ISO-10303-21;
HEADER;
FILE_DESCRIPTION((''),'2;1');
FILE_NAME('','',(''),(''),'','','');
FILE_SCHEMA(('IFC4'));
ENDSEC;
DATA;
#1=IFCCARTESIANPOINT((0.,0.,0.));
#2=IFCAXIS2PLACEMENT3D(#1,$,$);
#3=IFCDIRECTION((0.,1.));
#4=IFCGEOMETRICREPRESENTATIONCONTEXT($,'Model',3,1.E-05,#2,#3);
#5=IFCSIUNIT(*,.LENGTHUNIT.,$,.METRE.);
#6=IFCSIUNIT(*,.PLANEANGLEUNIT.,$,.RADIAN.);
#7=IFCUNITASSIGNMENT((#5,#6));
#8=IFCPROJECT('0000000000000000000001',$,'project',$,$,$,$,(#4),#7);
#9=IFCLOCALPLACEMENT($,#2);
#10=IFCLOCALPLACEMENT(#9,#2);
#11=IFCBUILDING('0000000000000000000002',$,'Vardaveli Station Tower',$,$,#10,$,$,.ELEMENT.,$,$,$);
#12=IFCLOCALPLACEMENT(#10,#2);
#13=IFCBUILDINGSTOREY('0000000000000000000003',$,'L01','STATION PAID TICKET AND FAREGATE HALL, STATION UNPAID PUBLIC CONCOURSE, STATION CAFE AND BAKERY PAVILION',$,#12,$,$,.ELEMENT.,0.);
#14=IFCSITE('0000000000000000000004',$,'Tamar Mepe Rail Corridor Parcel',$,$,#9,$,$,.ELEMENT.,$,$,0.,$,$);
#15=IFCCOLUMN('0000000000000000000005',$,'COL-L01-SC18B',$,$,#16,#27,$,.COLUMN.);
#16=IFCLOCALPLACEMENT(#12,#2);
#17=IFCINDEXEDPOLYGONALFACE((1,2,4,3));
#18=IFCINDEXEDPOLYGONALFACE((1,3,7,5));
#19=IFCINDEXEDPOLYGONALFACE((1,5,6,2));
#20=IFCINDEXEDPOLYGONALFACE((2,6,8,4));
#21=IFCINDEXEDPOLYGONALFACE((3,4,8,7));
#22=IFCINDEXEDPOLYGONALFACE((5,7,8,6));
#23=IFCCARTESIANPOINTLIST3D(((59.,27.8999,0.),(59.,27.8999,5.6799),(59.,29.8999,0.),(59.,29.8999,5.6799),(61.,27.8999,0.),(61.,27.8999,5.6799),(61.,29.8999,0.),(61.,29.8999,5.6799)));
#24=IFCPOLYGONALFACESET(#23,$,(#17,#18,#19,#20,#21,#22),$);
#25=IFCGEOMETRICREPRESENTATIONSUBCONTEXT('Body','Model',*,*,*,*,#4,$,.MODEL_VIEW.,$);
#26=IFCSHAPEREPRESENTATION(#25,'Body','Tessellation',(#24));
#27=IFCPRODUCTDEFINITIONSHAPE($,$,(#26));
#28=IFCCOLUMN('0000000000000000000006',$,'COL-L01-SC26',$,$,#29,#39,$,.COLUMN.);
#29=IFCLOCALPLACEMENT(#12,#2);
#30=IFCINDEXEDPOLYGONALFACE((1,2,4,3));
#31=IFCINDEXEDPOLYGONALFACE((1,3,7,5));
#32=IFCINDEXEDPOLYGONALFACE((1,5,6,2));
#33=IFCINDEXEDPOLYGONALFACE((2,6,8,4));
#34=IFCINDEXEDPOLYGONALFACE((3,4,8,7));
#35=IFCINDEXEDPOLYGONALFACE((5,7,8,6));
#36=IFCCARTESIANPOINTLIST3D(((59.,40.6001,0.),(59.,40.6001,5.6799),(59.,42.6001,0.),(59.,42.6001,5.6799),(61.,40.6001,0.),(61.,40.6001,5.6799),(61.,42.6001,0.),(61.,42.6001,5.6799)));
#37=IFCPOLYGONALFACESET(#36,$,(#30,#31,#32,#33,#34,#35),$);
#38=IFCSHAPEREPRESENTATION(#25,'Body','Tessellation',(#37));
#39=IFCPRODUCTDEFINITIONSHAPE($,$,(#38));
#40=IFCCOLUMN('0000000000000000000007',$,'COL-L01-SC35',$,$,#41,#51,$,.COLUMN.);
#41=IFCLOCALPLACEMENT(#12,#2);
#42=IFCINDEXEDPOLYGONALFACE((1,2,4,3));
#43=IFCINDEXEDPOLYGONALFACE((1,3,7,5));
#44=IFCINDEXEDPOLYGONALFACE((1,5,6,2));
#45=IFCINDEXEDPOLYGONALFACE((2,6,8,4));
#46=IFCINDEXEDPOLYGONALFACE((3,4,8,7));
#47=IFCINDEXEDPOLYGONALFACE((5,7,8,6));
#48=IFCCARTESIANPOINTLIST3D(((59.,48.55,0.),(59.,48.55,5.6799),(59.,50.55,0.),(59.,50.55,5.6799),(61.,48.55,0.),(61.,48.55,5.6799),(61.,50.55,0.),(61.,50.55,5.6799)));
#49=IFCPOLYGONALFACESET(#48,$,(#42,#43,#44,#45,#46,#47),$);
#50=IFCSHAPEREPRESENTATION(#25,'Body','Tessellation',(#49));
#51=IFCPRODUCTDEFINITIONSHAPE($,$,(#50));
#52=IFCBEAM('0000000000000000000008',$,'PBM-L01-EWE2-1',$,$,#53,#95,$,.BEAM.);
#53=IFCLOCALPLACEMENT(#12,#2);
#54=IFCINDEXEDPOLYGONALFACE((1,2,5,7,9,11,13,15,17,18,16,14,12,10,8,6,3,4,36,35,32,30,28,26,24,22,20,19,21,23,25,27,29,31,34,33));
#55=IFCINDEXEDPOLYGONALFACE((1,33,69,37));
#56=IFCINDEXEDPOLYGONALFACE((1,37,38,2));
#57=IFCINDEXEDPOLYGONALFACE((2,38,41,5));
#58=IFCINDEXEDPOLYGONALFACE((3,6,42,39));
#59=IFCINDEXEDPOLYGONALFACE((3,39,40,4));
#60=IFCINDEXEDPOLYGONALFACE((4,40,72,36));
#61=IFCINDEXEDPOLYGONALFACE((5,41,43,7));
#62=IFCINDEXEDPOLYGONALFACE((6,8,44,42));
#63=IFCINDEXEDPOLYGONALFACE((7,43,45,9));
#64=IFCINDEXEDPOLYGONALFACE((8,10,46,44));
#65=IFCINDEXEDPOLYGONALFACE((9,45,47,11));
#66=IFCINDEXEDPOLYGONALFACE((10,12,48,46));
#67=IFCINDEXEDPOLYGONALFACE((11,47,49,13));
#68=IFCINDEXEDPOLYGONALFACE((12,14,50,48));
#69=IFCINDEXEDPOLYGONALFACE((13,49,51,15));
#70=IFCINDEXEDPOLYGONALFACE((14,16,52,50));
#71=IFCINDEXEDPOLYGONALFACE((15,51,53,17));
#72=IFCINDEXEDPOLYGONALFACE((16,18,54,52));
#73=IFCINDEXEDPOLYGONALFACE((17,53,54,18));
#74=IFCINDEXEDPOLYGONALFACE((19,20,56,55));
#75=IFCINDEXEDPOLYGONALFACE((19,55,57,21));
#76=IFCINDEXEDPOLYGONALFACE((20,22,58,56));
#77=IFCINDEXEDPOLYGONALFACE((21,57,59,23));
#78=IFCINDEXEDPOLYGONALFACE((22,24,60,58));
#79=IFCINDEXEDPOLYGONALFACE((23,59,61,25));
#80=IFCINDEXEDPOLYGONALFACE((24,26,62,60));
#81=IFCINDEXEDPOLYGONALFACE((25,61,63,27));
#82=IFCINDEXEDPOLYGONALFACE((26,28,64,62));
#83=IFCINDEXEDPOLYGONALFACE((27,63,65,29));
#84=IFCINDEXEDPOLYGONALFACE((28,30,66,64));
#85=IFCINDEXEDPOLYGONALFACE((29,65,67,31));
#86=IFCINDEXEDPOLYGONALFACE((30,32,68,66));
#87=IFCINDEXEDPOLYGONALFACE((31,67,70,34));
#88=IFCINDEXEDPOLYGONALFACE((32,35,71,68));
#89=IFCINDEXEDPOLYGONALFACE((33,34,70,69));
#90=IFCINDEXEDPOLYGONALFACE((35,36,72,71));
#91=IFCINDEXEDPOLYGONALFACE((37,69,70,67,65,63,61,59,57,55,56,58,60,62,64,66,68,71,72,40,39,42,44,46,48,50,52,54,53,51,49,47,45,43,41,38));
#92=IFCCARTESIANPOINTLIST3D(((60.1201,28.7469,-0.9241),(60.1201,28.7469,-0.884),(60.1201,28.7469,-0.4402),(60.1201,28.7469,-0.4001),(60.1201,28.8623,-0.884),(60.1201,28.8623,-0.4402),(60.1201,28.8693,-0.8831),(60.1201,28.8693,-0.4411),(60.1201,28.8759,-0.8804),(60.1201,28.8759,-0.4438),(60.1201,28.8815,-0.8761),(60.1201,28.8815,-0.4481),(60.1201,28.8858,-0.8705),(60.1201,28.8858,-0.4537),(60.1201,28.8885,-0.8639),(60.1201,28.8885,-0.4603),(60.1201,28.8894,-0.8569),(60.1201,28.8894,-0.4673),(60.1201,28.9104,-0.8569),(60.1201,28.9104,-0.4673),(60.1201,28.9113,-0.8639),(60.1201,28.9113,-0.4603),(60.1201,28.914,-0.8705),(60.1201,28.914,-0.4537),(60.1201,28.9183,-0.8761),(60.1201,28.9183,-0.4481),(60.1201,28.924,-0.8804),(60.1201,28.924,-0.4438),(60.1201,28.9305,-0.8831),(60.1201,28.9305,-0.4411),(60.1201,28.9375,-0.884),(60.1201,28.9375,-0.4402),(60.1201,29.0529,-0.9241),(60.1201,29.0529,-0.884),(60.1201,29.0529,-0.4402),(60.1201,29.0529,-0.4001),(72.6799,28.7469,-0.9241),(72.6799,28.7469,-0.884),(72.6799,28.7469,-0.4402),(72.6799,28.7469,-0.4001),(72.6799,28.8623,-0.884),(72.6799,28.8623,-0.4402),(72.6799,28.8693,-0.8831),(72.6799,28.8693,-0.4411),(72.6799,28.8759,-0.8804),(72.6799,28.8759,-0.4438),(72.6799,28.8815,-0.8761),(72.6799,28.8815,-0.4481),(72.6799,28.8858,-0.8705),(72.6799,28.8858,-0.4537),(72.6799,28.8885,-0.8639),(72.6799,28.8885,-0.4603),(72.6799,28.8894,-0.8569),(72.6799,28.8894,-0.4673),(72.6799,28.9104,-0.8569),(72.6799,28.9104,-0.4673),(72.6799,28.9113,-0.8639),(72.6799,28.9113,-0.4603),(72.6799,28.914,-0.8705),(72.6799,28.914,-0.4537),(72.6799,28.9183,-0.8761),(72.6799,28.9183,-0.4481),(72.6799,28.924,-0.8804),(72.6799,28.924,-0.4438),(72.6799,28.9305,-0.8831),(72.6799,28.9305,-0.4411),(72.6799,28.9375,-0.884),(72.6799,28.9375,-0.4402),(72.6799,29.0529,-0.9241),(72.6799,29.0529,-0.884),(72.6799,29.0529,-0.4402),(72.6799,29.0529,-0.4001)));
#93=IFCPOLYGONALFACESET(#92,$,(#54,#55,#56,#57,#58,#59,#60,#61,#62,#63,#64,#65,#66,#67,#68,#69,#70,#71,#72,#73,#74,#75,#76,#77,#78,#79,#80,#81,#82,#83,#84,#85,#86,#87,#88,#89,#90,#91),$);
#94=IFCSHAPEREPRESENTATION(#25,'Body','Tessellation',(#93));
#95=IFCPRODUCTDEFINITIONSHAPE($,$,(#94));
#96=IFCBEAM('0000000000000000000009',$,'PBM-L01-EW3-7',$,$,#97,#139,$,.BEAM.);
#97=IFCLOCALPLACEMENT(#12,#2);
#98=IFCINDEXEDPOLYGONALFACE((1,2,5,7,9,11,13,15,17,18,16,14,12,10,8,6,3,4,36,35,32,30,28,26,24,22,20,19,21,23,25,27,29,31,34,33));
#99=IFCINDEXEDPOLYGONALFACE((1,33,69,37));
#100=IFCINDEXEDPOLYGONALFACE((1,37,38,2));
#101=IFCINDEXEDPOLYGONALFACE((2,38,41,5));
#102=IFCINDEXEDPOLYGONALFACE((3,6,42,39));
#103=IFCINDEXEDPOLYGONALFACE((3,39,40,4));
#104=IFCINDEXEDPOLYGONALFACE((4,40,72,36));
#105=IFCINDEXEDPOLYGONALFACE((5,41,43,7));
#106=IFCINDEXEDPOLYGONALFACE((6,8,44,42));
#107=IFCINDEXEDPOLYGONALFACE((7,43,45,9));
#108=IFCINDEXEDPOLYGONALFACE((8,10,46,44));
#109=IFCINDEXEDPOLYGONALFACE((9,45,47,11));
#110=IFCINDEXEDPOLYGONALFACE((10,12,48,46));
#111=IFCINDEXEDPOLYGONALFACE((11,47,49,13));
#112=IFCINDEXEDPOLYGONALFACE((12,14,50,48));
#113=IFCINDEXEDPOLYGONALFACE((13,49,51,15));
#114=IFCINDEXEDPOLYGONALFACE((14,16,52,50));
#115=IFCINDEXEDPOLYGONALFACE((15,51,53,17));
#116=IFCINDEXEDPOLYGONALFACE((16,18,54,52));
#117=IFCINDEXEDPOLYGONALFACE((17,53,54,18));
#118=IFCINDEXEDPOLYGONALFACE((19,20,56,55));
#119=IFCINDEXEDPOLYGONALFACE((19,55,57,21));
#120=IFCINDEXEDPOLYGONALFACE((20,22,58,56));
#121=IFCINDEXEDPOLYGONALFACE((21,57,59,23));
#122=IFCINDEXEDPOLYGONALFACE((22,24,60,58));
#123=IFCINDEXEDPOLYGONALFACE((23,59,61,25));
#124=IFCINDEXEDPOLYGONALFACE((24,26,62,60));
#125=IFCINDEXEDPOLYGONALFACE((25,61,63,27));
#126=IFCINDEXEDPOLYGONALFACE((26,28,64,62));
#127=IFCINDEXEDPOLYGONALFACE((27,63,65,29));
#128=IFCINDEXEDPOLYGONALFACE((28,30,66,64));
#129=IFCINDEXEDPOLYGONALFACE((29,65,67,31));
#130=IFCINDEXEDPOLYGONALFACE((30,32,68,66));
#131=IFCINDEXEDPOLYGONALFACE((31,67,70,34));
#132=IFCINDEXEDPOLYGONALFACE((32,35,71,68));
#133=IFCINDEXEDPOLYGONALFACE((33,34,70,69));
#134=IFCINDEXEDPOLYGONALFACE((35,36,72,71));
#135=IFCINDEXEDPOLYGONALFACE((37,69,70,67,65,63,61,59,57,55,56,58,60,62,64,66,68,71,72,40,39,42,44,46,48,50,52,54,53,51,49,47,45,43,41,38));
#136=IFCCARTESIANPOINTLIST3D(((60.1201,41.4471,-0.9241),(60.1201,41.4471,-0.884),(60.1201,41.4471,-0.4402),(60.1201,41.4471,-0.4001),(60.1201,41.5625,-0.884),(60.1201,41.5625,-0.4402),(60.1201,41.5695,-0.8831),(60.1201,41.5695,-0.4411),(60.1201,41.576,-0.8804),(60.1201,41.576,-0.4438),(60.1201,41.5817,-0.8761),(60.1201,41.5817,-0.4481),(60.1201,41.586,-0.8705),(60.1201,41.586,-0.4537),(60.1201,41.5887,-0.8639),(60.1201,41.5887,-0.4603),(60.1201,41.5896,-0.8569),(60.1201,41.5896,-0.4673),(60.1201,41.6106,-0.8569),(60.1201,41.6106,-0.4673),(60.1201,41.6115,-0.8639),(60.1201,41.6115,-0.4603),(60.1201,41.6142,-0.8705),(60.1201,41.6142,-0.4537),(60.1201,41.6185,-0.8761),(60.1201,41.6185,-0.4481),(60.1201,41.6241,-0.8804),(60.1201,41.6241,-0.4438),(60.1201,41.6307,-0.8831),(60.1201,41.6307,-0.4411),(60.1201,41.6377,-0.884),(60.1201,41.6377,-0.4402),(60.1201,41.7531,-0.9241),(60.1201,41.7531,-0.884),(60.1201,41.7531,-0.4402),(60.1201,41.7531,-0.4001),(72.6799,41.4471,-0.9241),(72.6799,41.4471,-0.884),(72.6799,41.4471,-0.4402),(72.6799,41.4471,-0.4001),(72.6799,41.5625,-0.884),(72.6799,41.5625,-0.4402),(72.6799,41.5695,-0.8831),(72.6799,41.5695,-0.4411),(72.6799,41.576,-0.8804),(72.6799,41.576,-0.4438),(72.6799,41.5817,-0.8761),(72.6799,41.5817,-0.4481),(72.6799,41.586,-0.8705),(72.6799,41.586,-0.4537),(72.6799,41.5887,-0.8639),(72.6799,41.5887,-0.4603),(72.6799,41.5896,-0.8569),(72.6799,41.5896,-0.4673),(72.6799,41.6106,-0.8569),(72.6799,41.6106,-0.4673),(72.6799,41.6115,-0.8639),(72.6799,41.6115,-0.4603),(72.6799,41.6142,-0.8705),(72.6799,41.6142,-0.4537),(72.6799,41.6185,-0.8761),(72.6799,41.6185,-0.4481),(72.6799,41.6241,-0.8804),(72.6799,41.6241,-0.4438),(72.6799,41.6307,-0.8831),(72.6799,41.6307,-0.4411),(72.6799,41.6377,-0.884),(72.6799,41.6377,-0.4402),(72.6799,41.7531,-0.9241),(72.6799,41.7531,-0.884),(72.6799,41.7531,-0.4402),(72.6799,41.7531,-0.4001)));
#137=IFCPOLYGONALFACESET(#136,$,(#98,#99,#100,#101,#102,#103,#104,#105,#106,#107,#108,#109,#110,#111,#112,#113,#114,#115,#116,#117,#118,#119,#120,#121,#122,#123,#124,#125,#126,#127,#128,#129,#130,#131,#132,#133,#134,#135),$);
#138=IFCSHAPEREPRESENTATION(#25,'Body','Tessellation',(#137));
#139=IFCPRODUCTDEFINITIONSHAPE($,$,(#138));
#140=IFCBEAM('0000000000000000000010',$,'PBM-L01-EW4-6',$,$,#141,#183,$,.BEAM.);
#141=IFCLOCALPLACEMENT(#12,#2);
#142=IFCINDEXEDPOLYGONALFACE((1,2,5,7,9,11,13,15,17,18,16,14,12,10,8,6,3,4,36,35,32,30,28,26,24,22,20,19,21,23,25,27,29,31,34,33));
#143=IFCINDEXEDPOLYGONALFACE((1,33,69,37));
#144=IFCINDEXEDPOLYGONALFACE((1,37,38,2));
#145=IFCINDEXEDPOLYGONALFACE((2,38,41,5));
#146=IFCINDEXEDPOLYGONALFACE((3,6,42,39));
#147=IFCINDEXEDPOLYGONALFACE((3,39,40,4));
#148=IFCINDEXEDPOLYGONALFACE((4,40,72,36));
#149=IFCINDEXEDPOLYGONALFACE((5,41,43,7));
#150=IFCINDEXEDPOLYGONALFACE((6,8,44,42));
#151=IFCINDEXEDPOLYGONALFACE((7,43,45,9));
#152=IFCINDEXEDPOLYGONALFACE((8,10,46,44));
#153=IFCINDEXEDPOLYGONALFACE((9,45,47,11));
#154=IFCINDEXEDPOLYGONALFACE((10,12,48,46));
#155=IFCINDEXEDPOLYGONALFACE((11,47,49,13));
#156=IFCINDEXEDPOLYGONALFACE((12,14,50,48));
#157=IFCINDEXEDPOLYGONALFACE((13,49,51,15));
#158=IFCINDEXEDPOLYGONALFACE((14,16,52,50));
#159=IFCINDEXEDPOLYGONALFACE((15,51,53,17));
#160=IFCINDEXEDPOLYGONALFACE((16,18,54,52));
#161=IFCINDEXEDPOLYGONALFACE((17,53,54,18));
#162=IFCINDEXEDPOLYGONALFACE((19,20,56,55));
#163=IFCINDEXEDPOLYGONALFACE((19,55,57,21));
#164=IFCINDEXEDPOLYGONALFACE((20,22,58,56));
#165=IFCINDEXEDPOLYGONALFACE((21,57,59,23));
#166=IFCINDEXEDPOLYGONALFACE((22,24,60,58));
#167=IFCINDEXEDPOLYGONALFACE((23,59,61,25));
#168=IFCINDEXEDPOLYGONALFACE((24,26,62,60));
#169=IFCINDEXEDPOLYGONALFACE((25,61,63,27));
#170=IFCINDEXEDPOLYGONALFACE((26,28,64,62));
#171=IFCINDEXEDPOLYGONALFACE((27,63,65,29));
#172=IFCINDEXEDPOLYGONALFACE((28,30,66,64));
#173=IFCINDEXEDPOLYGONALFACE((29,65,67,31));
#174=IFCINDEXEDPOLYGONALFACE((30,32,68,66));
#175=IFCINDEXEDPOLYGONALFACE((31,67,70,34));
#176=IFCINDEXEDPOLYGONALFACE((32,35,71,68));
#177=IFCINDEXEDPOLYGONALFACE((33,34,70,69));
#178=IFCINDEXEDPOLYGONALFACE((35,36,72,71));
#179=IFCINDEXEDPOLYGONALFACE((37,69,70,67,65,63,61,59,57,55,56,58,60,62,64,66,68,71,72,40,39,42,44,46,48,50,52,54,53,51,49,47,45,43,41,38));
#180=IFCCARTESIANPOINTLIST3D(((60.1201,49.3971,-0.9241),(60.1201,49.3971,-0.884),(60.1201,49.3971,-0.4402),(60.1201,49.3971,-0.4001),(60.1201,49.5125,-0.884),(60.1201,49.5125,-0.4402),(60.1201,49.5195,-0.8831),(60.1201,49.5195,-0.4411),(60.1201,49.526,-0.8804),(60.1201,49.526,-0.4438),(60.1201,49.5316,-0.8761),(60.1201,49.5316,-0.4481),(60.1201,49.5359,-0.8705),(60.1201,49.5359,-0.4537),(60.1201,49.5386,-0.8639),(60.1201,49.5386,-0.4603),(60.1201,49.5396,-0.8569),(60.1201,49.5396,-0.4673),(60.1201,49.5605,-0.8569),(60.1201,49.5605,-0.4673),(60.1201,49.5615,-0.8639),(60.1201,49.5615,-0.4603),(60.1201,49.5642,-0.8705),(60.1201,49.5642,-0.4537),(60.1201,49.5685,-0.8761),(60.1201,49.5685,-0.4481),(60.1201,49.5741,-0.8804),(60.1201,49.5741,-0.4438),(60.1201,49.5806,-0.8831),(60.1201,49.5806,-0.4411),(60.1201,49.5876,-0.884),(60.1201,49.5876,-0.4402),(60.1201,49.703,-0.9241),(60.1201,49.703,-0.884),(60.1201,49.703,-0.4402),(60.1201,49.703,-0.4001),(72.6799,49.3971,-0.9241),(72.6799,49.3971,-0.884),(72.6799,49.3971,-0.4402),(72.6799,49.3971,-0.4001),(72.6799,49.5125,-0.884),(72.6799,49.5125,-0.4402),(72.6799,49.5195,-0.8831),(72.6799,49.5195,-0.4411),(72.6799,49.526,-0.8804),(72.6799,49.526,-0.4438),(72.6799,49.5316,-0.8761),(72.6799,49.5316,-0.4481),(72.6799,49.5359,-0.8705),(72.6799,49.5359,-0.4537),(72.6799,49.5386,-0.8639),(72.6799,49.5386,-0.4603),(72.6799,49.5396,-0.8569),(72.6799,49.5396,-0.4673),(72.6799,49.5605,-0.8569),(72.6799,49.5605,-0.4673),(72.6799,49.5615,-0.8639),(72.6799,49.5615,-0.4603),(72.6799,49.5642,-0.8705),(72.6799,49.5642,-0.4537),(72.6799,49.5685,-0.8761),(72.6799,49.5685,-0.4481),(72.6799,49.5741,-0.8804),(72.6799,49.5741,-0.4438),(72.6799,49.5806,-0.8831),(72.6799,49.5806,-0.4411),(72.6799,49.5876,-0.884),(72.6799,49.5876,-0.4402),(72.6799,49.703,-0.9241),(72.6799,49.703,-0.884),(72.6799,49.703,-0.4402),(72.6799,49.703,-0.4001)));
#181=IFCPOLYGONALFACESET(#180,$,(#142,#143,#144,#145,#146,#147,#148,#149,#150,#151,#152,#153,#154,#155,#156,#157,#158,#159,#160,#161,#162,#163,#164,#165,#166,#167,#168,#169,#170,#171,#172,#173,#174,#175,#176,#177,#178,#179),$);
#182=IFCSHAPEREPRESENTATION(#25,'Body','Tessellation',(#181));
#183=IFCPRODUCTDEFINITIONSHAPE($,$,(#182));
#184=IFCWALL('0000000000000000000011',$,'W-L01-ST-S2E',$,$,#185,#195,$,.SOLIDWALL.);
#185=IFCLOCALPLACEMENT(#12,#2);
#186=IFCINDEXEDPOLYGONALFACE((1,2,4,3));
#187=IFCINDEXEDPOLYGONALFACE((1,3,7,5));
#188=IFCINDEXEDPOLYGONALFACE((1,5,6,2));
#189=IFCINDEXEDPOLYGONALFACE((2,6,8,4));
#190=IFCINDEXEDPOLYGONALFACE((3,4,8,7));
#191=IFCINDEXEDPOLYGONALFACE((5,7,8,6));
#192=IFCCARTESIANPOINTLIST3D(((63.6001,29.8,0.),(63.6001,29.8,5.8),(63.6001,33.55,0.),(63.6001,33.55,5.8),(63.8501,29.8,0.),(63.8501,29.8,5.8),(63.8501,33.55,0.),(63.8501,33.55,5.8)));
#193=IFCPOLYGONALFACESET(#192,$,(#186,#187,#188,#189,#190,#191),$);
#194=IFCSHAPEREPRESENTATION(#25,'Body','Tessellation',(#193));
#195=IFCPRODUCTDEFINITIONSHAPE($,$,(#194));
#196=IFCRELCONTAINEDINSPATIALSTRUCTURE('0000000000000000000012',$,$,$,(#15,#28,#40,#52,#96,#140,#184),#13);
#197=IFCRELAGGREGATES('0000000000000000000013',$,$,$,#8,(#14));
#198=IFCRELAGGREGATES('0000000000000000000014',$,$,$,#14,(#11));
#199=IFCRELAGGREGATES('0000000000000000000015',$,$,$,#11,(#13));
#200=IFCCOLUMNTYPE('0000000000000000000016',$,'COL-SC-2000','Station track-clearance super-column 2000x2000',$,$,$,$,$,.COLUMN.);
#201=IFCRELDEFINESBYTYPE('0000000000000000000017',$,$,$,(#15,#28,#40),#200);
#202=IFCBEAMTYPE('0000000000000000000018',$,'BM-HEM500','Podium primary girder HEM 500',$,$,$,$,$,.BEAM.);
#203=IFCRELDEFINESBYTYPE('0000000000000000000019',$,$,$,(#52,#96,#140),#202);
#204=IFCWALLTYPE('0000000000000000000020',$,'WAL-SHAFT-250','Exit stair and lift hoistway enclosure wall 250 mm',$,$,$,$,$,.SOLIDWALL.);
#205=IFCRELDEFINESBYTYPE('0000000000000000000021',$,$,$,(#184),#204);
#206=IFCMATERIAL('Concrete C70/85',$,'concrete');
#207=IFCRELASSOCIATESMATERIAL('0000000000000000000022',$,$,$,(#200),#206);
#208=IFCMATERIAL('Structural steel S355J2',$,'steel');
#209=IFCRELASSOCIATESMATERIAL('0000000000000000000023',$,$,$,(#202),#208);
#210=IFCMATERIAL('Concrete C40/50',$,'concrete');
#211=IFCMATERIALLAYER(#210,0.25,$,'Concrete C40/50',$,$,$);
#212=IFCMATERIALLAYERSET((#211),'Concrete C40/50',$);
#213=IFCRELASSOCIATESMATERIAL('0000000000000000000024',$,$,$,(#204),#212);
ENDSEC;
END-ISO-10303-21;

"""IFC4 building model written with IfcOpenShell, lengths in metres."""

from ifc_helpers import new_model, si_unit, direction, frame, frame_2d, origin, origin_2d, place, context, subcontext, project, spatial, rectangle, i_section, extrude, source, transform, mapped, material, layer, layer_set, material_profile, profile_set, type_object, element, save


model = new_model("IFC4")

# Units and contexts
model_context = context("Model", 3, precision=1e-05, world=origin(), true_north=direction((0.0, 1.0)))
body_context = subcontext(model_context, "Body", "Model", "MODEL_VIEW")
ifc_project = project(units=[si_unit("LENGTHUNIT", "METRE"), si_unit("PLANEANGLEUNIT", "RADIAN")], contexts=[model_context])

# Site, building, storey
site_placement = place(None, origin())
site = spatial("IfcSite", under=ifc_project, at=site_placement, Name="Tamar Mepe Rail Corridor Parcel", CompositionType="ELEMENT", RefElevation=0.0)
building_placement = place(site_placement, origin())
building = spatial("IfcBuilding", under=site, at=building_placement, Name="Vardaveli Station Tower", CompositionType="ELEMENT")
storey_placement = place(building_placement, origin())
storey = spatial("IfcBuildingStorey", under=building, at=storey_placement, Name="L01", Description="STATION PAID TICKET AND FAREGATE HALL, STATION UNPAID PUBLIC CONCOURSE, STATION CAFE AND BAKERY PAVILION", CompositionType="ELEMENT", Elevation=0.0)

# Columns
ifc_material_1 = material(Name="Concrete C70/85", Category="concrete")
ifc_material_profile_1 = material_profile(ifc_material_1, rectangle(XDim=2.0, YDim=2.0, at=origin_2d()), Name="SC 2000x2000")
ifc_profile_set_1 = profile_set([ifc_material_profile_1], Name="Concrete C70/85")
column_type = type_object("IfcColumnType", Name="COL-SC-2000", Description="Station track-clearance super-column 2000x2000", PredefinedType="COLUMN", material=ifc_profile_set_1)
shared_shape_1 = source(origin(), body_context, "Body", "SweptSolid", [
    extrude(rectangle(XDim=2.0, YDim=2.0, at=origin_2d()), origin(), (0.0, 0.0, 1.0), 5.6799),
])
for number, where, z_axis, x_axis, name in (
    (1, (60.0, 28.8999, 0.0), (0.0, 0.0, 1.0), (1.0, 0.0, 0.0), "COL-L01-SC18B"),
    (2, (60.0, 41.6001, 0.0), (0.0, 0.0, 1.0), (1.0, 0.0, 0.0), "COL-L01-SC26"),
    (3, (60.0, 49.55, 0.0), (0.0, 0.0, 1.0), (1.0, 0.0, 0.0), "COL-L01-SC35"),
):
    element("IfcColumn", number, at=place(storey_placement, frame(where, z_axis=z_axis, x_axis=x_axis)), inside=storey, type_object=column_type, Name=name, PredefinedType="COLUMN", context=body_context, shape_type="MappedRepresentation", body=[
        mapped(shared_shape_1, transform((0.0, 0.0, 0.0), scale=1.0)),
    ])

# Beams
ifc_material_2 = material(Name="Structural steel S355J2", Category="steel")
ifc_material_profile_2 = material_profile(ifc_material_2, i_section(OverallWidth=0.3059, OverallDepth=0.5239, WebThickness=0.021, FlangeThickness=0.04, FilletRadius=0.0271, at=origin_2d()), Name="HEM 500")
ifc_profile_set_2 = profile_set([ifc_material_profile_2], Name="Structural steel S355J2")
beam_type = type_object("IfcBeamType", Name="BM-HEM500", Description="Podium primary girder HEM 500", PredefinedType="BEAM", material=ifc_profile_set_2)
shared_shape_2 = source(origin(), body_context, "Body", "SweptSolid", [
    extrude(i_section(OverallWidth=0.3059, OverallDepth=0.5239, WebThickness=0.021, FlangeThickness=0.04, FilletRadius=0.0271, at=origin_2d()), origin(), (0.0, 0.0, 1.0), 12.5598),
])
for number, where, z_axis, x_axis, name in (
    (4, (60.1201, 28.8999, -0.6621), (1.0, 0.0, 0.0), (0.0, 1.0, 0.0), "PBM-L01-EWE2-1"),
    (5, (60.1201, 41.6001, -0.6621), (1.0, 0.0, 0.0), (0.0, 1.0, 0.0), "PBM-L01-EW3-7"),
    (6, (60.1201, 49.55, -0.6621), (1.0, 0.0, 0.0), (0.0, 1.0, 0.0), "PBM-L01-EW4-6"),
):
    element("IfcBeam", number, at=place(storey_placement, frame(where, z_axis=z_axis, x_axis=x_axis)), inside=storey, type_object=beam_type, Name=name, PredefinedType="BEAM", context=body_context, shape_type="MappedRepresentation", body=[
        mapped(shared_shape_2, transform((0.0, 0.0, 0.0), scale=1.0)),
    ])

# Wall
ifc_material_3 = material(Name="Concrete C40/50", Category="concrete")
ifc_layer_1 = layer(ifc_material_3, 0.25, Name="Concrete C40/50")
ifc_layer_set_1 = layer_set([ifc_layer_1], Name="Concrete C40/50")
wall_type_1 = type_object("IfcWallType", Name="WAL-SHAFT-250", Description="Exit stair and lift hoistway enclosure wall 250 mm", PredefinedType="SOLIDWALL", material=ifc_layer_set_1)
shared_shape_3 = source(origin(), body_context, "Body", "SweptSolid", [
    extrude(rectangle(XDim=3.75, YDim=0.25, at=frame_2d((1.875, 0.0))), origin(), (0.0, 0.0, 1.0), 5.8),
])
for number, where, z_axis, x_axis, name in (
    (7, (63.7251, 29.8, 0.0), (0.0, 0.0, 1.0), (0.0, 1.0, 0.0), "W-L01-ST-S2E"),
):
    element("IfcWall", number, at=place(storey_placement, frame(where, z_axis=z_axis, x_axis=x_axis)), inside=storey, type_object=wall_type_1, Name=name, PredefinedType="SOLIDWALL", context=body_context, shape_type="MappedRepresentation", body=[
        mapped(shared_shape_3, transform((0.0, 0.0, 0.0), scale=1.0)),
    ])

save(model, "model.ifc")
